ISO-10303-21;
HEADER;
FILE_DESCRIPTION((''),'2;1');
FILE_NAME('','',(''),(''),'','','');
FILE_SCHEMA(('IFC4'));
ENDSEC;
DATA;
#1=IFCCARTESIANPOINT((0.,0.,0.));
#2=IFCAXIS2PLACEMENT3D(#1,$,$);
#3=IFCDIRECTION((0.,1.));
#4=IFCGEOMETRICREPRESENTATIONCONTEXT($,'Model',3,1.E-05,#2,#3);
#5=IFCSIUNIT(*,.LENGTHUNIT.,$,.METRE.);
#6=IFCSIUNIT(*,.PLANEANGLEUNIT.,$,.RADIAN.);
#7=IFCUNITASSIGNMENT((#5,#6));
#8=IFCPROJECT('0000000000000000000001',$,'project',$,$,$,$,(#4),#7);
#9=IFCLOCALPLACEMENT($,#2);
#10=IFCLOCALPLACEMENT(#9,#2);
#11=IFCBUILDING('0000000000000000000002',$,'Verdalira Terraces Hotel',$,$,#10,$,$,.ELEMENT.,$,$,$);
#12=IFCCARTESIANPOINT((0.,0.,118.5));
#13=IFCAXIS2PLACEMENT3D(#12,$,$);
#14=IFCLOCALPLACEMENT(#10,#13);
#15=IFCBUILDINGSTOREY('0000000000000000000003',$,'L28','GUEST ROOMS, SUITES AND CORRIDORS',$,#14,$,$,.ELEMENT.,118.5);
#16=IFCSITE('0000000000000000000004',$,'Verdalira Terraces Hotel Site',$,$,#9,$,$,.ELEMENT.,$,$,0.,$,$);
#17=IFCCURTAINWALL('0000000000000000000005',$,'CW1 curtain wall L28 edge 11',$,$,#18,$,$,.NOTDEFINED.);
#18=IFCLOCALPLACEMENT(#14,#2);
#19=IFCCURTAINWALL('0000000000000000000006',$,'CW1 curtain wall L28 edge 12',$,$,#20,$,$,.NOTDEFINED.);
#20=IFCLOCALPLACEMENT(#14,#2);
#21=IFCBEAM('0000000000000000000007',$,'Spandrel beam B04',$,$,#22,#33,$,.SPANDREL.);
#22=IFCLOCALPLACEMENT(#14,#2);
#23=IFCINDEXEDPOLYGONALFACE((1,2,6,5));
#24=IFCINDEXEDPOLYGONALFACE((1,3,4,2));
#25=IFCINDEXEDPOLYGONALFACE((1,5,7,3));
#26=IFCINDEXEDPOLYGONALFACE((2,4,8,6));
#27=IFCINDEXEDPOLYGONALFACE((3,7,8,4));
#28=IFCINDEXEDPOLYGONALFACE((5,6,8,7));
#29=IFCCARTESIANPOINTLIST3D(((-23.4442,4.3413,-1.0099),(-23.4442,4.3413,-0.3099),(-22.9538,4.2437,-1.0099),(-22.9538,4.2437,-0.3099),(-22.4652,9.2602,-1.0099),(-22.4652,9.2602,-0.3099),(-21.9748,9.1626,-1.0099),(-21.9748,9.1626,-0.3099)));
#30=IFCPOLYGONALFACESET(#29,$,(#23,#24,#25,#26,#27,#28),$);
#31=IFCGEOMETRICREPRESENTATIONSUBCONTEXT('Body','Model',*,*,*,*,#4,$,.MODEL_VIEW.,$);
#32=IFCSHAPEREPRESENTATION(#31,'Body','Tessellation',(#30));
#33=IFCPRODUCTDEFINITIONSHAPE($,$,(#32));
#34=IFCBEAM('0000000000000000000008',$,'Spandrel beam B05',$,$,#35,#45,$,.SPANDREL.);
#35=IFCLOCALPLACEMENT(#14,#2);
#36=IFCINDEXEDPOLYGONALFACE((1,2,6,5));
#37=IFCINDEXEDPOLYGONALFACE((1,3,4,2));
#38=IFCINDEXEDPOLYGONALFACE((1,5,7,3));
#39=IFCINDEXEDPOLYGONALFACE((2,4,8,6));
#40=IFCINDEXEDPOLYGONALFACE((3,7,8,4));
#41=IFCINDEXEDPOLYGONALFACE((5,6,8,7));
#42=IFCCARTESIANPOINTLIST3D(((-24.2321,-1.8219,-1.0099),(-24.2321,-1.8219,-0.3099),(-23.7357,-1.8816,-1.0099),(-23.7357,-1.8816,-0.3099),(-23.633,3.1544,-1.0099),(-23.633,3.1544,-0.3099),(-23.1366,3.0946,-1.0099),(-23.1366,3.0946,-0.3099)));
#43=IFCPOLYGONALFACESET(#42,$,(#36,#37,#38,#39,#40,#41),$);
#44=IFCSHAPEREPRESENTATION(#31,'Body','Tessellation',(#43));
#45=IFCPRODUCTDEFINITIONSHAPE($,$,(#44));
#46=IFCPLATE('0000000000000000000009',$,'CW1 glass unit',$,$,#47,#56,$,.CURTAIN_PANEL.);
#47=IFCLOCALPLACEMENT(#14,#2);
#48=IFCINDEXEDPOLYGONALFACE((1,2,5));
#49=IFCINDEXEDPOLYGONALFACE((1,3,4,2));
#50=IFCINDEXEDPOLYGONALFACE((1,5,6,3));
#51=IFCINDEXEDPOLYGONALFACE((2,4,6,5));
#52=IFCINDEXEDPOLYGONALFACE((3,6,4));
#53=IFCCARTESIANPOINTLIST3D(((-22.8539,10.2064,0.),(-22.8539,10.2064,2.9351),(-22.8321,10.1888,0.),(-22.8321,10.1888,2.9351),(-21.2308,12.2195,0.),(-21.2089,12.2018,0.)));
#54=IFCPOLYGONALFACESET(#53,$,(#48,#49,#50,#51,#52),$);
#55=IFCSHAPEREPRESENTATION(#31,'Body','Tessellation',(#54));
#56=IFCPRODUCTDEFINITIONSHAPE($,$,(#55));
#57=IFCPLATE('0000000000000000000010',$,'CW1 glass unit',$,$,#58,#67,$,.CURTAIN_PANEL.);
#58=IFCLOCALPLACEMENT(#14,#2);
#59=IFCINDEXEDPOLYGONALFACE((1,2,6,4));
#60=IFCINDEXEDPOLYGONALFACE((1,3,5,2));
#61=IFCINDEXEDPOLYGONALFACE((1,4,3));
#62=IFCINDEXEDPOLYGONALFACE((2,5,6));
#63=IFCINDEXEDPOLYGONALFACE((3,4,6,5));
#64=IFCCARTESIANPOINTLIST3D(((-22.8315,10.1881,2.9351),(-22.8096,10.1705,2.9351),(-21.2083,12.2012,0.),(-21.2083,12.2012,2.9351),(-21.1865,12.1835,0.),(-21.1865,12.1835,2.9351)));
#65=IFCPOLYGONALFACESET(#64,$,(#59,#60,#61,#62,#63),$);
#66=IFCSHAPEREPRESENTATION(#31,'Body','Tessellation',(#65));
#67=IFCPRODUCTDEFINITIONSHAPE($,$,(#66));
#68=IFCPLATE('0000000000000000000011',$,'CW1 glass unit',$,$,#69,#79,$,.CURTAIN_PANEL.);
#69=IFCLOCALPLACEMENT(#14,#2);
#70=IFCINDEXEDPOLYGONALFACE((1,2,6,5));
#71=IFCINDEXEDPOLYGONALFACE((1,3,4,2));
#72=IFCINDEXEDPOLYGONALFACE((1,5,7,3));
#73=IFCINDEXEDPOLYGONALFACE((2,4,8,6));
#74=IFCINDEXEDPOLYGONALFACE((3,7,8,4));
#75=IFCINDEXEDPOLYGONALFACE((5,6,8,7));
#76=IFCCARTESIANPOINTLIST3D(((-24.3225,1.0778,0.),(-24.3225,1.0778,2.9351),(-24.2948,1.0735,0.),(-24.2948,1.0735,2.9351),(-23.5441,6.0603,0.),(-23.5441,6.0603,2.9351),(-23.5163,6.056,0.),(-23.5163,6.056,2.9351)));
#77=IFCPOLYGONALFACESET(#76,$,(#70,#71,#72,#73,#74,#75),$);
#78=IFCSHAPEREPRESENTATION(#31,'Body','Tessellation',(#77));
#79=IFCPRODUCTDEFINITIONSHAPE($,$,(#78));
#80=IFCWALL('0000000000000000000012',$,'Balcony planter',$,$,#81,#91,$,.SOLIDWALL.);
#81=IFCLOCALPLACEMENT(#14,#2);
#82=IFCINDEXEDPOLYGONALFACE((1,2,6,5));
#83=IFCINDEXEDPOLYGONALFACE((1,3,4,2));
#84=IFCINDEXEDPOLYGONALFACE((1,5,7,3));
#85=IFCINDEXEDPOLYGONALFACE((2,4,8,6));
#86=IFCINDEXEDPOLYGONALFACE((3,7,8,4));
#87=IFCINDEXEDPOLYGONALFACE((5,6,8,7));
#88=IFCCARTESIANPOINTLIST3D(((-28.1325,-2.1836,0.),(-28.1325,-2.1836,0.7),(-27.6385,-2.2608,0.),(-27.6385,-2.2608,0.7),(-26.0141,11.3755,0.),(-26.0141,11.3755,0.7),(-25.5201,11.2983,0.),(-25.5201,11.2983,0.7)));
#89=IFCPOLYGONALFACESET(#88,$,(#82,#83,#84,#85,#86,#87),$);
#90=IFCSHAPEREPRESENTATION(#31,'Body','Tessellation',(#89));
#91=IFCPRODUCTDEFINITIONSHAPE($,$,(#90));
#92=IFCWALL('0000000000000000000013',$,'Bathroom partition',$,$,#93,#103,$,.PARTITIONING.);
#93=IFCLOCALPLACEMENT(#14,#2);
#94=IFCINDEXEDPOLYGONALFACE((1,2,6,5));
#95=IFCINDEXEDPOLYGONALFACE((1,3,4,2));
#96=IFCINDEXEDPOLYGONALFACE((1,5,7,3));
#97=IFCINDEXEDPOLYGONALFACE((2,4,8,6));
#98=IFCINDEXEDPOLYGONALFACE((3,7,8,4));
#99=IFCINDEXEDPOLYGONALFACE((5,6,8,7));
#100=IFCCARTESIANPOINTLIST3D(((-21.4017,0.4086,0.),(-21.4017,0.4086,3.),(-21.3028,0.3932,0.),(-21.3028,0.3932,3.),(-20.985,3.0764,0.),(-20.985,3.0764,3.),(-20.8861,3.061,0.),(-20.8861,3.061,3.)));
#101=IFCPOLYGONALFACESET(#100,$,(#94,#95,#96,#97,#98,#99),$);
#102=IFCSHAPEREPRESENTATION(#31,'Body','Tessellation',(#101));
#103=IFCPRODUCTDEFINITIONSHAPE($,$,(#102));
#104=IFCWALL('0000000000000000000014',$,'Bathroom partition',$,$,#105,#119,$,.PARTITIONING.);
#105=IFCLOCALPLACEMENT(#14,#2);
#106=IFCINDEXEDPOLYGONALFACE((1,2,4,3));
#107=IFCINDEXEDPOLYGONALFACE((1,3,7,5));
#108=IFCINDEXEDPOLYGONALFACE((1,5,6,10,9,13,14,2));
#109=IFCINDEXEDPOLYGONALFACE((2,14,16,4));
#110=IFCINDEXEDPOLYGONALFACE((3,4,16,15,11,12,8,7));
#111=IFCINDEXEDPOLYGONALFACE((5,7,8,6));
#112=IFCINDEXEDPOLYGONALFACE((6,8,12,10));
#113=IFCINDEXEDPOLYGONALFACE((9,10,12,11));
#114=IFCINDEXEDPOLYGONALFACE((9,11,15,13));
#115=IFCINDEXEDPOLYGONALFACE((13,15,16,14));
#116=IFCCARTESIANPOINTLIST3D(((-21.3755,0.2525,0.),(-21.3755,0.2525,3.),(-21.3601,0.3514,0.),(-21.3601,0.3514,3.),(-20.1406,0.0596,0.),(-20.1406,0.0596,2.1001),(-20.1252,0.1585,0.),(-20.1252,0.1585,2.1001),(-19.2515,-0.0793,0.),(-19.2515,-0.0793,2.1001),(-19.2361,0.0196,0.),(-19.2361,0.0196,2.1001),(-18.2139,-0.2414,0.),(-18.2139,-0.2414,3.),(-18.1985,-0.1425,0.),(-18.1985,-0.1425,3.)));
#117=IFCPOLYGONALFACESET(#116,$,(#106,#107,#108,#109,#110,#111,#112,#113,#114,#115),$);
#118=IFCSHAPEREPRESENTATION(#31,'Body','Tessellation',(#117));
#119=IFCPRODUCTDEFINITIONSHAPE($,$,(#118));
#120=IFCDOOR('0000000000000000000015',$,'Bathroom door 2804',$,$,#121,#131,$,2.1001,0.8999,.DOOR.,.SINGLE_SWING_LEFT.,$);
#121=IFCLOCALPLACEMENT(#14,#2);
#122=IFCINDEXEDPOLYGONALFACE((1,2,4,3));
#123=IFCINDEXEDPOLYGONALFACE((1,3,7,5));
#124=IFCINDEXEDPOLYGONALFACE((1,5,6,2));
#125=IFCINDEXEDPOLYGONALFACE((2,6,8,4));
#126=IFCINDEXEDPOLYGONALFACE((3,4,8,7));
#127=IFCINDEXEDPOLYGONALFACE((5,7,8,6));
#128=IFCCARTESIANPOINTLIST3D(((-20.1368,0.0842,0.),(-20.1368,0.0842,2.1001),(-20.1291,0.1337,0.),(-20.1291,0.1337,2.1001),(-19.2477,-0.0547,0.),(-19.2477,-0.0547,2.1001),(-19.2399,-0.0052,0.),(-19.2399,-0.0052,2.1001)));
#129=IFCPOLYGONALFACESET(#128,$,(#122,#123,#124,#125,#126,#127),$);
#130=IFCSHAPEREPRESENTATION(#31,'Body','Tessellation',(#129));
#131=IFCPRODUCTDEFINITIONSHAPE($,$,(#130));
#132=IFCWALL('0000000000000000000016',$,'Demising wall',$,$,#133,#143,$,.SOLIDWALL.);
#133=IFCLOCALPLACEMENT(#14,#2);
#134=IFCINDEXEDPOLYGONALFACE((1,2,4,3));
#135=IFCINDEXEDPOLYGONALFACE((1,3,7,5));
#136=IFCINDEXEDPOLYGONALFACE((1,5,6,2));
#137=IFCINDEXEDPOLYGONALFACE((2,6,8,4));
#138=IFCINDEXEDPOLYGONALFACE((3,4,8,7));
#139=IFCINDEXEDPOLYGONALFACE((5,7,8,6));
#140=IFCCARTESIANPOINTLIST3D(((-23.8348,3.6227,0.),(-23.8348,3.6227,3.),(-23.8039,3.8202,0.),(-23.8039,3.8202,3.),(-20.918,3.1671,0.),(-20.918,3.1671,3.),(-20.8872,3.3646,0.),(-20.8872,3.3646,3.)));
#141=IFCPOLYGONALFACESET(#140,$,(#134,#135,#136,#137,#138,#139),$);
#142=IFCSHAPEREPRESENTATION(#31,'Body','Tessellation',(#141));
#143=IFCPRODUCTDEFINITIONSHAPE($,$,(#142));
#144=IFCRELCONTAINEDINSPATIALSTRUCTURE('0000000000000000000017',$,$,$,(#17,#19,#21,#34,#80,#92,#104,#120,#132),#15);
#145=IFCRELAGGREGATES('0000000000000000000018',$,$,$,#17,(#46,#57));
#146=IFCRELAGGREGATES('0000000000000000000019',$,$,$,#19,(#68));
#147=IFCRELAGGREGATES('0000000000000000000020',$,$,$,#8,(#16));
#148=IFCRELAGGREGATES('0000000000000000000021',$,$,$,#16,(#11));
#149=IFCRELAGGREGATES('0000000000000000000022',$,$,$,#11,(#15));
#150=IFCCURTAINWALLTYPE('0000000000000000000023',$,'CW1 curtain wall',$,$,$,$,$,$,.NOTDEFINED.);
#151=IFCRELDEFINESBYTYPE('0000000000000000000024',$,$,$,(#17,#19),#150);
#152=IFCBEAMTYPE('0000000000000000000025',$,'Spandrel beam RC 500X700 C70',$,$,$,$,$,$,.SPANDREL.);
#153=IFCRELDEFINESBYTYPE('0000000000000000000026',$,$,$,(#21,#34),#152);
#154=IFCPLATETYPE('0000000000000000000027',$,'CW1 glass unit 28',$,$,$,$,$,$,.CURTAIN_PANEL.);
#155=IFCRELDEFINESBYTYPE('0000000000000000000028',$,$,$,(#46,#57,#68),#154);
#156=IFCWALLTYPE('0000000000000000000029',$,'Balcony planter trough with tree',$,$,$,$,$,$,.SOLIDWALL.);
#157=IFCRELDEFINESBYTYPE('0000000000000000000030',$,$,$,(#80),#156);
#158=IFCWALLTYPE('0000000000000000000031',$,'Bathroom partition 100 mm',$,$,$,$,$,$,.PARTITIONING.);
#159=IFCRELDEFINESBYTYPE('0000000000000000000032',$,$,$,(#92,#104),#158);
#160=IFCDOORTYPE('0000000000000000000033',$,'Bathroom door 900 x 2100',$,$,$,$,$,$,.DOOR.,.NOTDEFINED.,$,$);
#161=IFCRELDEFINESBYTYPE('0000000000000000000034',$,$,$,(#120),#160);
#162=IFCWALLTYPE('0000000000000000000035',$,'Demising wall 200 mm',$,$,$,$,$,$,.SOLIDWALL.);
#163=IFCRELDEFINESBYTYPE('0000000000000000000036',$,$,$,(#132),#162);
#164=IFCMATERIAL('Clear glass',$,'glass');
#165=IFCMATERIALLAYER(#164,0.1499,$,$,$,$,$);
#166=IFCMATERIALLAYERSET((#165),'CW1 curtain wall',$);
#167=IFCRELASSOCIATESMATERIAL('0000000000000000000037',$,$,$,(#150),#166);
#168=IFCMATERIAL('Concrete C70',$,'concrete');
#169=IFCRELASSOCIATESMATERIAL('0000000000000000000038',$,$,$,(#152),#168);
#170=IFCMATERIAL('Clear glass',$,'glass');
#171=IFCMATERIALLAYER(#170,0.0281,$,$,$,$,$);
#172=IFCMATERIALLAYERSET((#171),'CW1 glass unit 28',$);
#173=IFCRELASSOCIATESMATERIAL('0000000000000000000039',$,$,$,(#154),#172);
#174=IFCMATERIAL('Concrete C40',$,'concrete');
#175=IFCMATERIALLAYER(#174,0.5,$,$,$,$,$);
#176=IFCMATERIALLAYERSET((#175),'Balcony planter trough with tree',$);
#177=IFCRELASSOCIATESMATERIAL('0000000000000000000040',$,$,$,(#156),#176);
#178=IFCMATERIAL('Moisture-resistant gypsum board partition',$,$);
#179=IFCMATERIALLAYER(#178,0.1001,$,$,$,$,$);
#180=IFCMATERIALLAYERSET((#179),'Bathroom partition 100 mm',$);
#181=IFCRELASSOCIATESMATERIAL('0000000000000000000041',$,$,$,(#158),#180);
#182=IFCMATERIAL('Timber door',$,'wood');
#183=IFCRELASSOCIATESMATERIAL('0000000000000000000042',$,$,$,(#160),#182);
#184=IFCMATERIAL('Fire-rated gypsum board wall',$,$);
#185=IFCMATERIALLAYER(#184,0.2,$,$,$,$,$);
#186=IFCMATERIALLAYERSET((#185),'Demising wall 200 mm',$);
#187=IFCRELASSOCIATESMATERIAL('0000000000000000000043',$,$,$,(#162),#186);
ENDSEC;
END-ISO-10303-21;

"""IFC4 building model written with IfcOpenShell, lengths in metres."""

from ifc_helpers import new_model, si_unit, direction, frame, frame_2d, origin, origin_2d, place, context, subcontext, project, spatial, polyline, rectangle, outline, extrude, material, layer, layer_set, material_profile, profile_set, type_object, element, fill, aggregate, save


model = new_model("IFC4")

# Units and contexts
model_context = context("Model", 3, precision=1e-05, world=origin(), true_north=direction((0.0, 1.0)))
body_context = subcontext(model_context, "Body", "Model", "MODEL_VIEW")
ifc_project = project(units=[si_unit("LENGTHUNIT", "METRE"), si_unit("PLANEANGLEUNIT", "RADIAN")], contexts=[model_context])

# Site, building, storey
site_placement = place(None, origin())
site = spatial("IfcSite", under=ifc_project, at=site_placement, Name="Verdalira Terraces Hotel Site", CompositionType="ELEMENT", RefElevation=0.0)
building_placement = place(site_placement, origin())
building = spatial("IfcBuilding", under=site, at=building_placement, Name="Verdalira Terraces Hotel", CompositionType="ELEMENT")
storey_placement = place(building_placement, frame((0.0, 0.0, 118.5)))
storey = spatial("IfcBuildingStorey", under=building, at=storey_placement, Name="L28", Description="GUEST ROOMS, SUITES AND CORRIDORS", CompositionType="ELEMENT", Elevation=118.5)

# Curtain wall
ifc_material_1 = material(Name="Clear glass", Category="glass")
ifc_layer_1 = layer(ifc_material_1, 0.1499)
ifc_layer_set_1 = layer_set([ifc_layer_1], Name="CW1 curtain wall")
curtain_wall_type = type_object("IfcCurtainWallType", Name="CW1 curtain wall", PredefinedType="NOTDEFINED", material=ifc_layer_set_1)
curtain_wall_1_placement = place(storey_placement, origin())
curtain_wall_1 = element("IfcCurtainWall", 1, at=curtain_wall_1_placement, inside=storey, type_object=curtain_wall_type, Name="CW1 curtain wall L28 edge 11", PredefinedType="NOTDEFINED")

# Curtain wall
curtain_wall_2_placement = place(storey_placement, origin())
curtain_wall_2 = element("IfcCurtainWall", 2, at=curtain_wall_2_placement, inside=storey, type_object=curtain_wall_type, Name="CW1 curtain wall L28 edge 12", PredefinedType="NOTDEFINED")

# Beams
ifc_material_2 = material(Name="Concrete C70", Category="concrete")
ifc_material_profile_1 = material_profile(ifc_material_2, rectangle(XDim=0.5, YDim=0.7, at=origin_2d()), Name="RC 500X700")
ifc_profile_set_1 = profile_set([ifc_material_profile_1], Name="Concrete C70")
beam_type_1 = type_object("IfcBeamType", Name="Spandrel beam RC 500X700 C70", PredefinedType="SPANDREL", material=ifc_profile_set_1)
beam_1_placement = place(storey_placement, frame((-22.22, 9.2114, -0.6599), z_axis=(-0.195199, -0.980764, 0.0), x_axis=(0.980764, -0.195199, 0.0)))
element("IfcBeam", 3, at=beam_1_placement, inside=storey, type_object=beam_type_1, Name="Spandrel beam B04", PredefinedType="SPANDREL", context=body_context, shape_type="SweptSolid", body=[
    extrude(rectangle(XDim=0.5, YDim=0.7, at=origin_2d()), origin(), (0.0, 0.0, 1.0), 5.0154),
])
beam_2_placement = place(storey_placement, frame((-23.3848, 3.1245, -0.6599), z_axis=(-0.119531, -0.99283, 0.0), x_axis=(0.99283, -0.119531, 0.0)))
element("IfcBeam", 4, at=beam_2_placement, inside=storey, type_object=beam_type_1, Name="Spandrel beam B05", PredefinedType="SPANDREL", context=body_context, shape_type="SweptSolid", body=[
    extrude(rectangle(XDim=0.5, YDim=0.7, at=origin_2d()), origin(), (0.0, 0.0, 1.0), 5.0122),
])

# Plates
ifc_material_3 = material(Name="Clear glass", Category="glass")
ifc_layer_2 = layer(ifc_material_3, 0.0281)
ifc_layer_set_2 = layer_set([ifc_layer_2], Name="CW1 glass unit 28")
plate_type = type_object("IfcPlateType", Name="CW1 glass unit 28", PredefinedType="CURTAIN_PANEL", material=ifc_layer_set_2)
plate_1_placement = place(storey_placement, frame((-22.0205, 11.1953, 1.4675), z_axis=(-0.778462, 0.627691, 0.0), x_axis=(-0.627691, -0.778462, 0.0)))
plate_1 = element("IfcPlate", 5, at=plate_1_placement, type_object=plate_type, Name="CW1 glass unit", PredefinedType="CURTAIN_PANEL", context=body_context, shape_type="SweptSolid", body=[
    extrude(outline(polyline([(-1.293, -1.4675), (1.293, -1.4675), (1.293, 1.4675), (-1.293, -1.4675)])), origin(), (0.0, 0.0, 1.0), 0.0281),
])
plate_2_placement = place(storey_placement, frame((-21.998, 11.177, 1.4675), z_axis=(-0.778462, 0.627691, 0.0), x_axis=(-0.627691, -0.778462, 0.0)))
plate_2 = element("IfcPlate", 6, at=plate_2_placement, type_object=plate_type, Name="CW1 glass unit", PredefinedType="CURTAIN_PANEL", context=body_context, shape_type="SweptSolid", body=[
    extrude(outline(polyline([(-1.293, -1.4675), (1.293, 1.4675), (-1.293, 1.4675), (-1.293, -1.4675)])), origin(), (0.0, 0.0, 1.0), 0.0281),
])
aggregate(curtain_wall_1, [plate_1, plate_2])
plate_3_placement = place(storey_placement, frame((-23.9194, 3.5669, 0.0), z_axis=(0.0, 0.0, 1.0), x_axis=(-0.154366, -0.988014, 0.0)))
plate_3 = element("IfcPlate", 7, at=plate_3_placement, type_object=plate_type, Name="CW1 glass unit", PredefinedType="CURTAIN_PANEL", context=body_context, shape_type="SweptSolid", body=[
    extrude(rectangle(XDim=5.043, YDim=0.0281, at=origin_2d()), origin(), (0.0, 0.0, 1.0), 2.9351),
])
aggregate(curtain_wall_2, [plate_3])

# Walls
ifc_material_4 = material(Name="Concrete C40", Category="concrete")
ifc_layer_3 = layer(ifc_material_4, 0.5)
ifc_layer_set_3 = layer_set([ifc_layer_3], Name="Balcony planter trough with tree")
wall_type_1 = type_object("IfcWallType", Name="Balcony planter trough with tree", PredefinedType="SOLIDWALL", material=ifc_layer_set_3)
wall_1_placement = place(storey_placement, frame((-25.7671, 11.3369, 0.0), z_axis=(0.0, 0.0, 1.0), x_axis=(-0.154363, -0.988014, 0.0)))
element("IfcWall", 8, at=wall_1_placement, inside=storey, type_object=wall_type_1, Name="Balcony planter", PredefinedType="SOLIDWALL", context=body_context, shape_type="SweptSolid", body=[
    extrude(rectangle(XDim=13.7236, YDim=0.5, at=frame_2d((6.8618, 0.0))), origin(), (0.0, 0.0, 1.0), 0.7),
])
ifc_material_5 = material(Name="Moisture-resistant gypsum board partition")
ifc_layer_4 = layer(ifc_material_5, 0.1001)
ifc_layer_set_4 = layer_set([ifc_layer_4], Name="Bathroom partition 100 mm")
wall_type_2 = type_object("IfcWallType", Name="Bathroom partition 100 mm", PredefinedType="PARTITIONING", material=ifc_layer_set_4)
wall_2_placement = place(storey_placement, frame((-21.3523, 0.4009, 0.0), z_axis=(0.0, 0.0, 1.0), x_axis=(0.154347, 0.988017, 0.0)))
element("IfcWall", 9, at=wall_2_placement, inside=storey, type_object=wall_type_2, Name="Bathroom partition", PredefinedType="PARTITIONING", context=body_context, shape_type="SweptSolid", body=[
    extrude(rectangle(XDim=2.7002, YDim=0.1001, at=frame_2d((1.3501, 0.0))), origin(), (0.0, 0.0, 1.0), 3.0),
])

# Wall, opening, door
wall_3_placement = place(storey_placement, frame((-21.3679, 0.302, 0.0), z_axis=(0.0, 0.0, 1.0), x_axis=(0.988017, -0.154344, 0.0)))
wall_3 = element("IfcWall", 10, at=wall_3_placement, inside=storey, type_object=wall_type_2, Name="Bathroom partition", PredefinedType="PARTITIONING", context=body_context, shape_type="SweptSolid", body=[
    extrude(rectangle(XDim=3.2, YDim=0.1001, at=frame_2d((1.6001, 0.0))), origin(), (0.0, 0.0, 1.0), 3.0),
])
opening_1_placement = place(wall_3_placement, frame((1.25, 0.0, 0.0)))
opening_1 = element("IfcOpeningElement", 11, at=opening_1_placement, cuts=wall_3, PredefinedType="OPENING", context=body_context, shape_type="SweptSolid", body=[
    extrude(rectangle(XDim=0.8999, YDim=2.1001, at=frame_2d((0.45, 1.05))), frame((0.0, 0.0601, 0.0), z_axis=(0.0, -1.0, 0.0), x_axis=(1.0, 0.0, 0.0)), (0.0, 0.0, 1.0), 0.1201),
])
ifc_material_6 = material(Name="Timber door", Category="wood")
door_type_1 = type_object("IfcDoorType", Name="Bathroom door 900 x 2100", OperationType="NOTDEFINED", PredefinedType="DOOR", material=ifc_material_6)
door_1_placement = place(opening_1_placement, origin())
door_1 = element("IfcDoor", 12, at=door_1_placement, inside=storey, type_object=door_type_1, Name="Bathroom door 2804", OperationType="SINGLE_SWING_LEFT", OverallHeight=2.1001, OverallWidth=0.8999, PredefinedType="DOOR", context=body_context, shape_type="SweptSolid", body=[
    extrude(rectangle(XDim=0.8999, YDim=2.1001, at=frame_2d((0.45, 1.05))), frame((0.0, 0.0249, 0.0), z_axis=(0.0, -1.0, 0.0), x_axis=(1.0, 0.0, 0.0)), (0.0, 0.0, 1.0), 0.05),
])
fill(opening_1, door_1)

# Wall
ifc_material_7 = material(Name="Fire-rated gypsum board wall")
ifc_layer_5 = layer(ifc_material_7, 0.2)
ifc_layer_set_5 = layer_set([ifc_layer_5], Name="Demising wall 200 mm")
wall_type_3 = type_object("IfcWallType", Name="Demising wall 200 mm", PredefinedType="SOLIDWALL", material=ifc_layer_set_5)
wall_4_placement = place(storey_placement, frame((-20.9026, 3.2659, 0.0), z_axis=(0.0, 0.0, 1.0), x_axis=(-0.988021, 0.154319, 0.0)))
element("IfcWall", 13, at=wall_4_placement, inside=storey, type_object=wall_type_3, Name="Demising wall", PredefinedType="SOLIDWALL", context=body_context, shape_type="SweptSolid", body=[
    extrude(rectangle(XDim=2.9521, YDim=0.2, at=frame_2d((1.4761, 0.0))), origin(), (0.0, 0.0, 1.0), 3.0),
])

save(model, "model.ifc")
